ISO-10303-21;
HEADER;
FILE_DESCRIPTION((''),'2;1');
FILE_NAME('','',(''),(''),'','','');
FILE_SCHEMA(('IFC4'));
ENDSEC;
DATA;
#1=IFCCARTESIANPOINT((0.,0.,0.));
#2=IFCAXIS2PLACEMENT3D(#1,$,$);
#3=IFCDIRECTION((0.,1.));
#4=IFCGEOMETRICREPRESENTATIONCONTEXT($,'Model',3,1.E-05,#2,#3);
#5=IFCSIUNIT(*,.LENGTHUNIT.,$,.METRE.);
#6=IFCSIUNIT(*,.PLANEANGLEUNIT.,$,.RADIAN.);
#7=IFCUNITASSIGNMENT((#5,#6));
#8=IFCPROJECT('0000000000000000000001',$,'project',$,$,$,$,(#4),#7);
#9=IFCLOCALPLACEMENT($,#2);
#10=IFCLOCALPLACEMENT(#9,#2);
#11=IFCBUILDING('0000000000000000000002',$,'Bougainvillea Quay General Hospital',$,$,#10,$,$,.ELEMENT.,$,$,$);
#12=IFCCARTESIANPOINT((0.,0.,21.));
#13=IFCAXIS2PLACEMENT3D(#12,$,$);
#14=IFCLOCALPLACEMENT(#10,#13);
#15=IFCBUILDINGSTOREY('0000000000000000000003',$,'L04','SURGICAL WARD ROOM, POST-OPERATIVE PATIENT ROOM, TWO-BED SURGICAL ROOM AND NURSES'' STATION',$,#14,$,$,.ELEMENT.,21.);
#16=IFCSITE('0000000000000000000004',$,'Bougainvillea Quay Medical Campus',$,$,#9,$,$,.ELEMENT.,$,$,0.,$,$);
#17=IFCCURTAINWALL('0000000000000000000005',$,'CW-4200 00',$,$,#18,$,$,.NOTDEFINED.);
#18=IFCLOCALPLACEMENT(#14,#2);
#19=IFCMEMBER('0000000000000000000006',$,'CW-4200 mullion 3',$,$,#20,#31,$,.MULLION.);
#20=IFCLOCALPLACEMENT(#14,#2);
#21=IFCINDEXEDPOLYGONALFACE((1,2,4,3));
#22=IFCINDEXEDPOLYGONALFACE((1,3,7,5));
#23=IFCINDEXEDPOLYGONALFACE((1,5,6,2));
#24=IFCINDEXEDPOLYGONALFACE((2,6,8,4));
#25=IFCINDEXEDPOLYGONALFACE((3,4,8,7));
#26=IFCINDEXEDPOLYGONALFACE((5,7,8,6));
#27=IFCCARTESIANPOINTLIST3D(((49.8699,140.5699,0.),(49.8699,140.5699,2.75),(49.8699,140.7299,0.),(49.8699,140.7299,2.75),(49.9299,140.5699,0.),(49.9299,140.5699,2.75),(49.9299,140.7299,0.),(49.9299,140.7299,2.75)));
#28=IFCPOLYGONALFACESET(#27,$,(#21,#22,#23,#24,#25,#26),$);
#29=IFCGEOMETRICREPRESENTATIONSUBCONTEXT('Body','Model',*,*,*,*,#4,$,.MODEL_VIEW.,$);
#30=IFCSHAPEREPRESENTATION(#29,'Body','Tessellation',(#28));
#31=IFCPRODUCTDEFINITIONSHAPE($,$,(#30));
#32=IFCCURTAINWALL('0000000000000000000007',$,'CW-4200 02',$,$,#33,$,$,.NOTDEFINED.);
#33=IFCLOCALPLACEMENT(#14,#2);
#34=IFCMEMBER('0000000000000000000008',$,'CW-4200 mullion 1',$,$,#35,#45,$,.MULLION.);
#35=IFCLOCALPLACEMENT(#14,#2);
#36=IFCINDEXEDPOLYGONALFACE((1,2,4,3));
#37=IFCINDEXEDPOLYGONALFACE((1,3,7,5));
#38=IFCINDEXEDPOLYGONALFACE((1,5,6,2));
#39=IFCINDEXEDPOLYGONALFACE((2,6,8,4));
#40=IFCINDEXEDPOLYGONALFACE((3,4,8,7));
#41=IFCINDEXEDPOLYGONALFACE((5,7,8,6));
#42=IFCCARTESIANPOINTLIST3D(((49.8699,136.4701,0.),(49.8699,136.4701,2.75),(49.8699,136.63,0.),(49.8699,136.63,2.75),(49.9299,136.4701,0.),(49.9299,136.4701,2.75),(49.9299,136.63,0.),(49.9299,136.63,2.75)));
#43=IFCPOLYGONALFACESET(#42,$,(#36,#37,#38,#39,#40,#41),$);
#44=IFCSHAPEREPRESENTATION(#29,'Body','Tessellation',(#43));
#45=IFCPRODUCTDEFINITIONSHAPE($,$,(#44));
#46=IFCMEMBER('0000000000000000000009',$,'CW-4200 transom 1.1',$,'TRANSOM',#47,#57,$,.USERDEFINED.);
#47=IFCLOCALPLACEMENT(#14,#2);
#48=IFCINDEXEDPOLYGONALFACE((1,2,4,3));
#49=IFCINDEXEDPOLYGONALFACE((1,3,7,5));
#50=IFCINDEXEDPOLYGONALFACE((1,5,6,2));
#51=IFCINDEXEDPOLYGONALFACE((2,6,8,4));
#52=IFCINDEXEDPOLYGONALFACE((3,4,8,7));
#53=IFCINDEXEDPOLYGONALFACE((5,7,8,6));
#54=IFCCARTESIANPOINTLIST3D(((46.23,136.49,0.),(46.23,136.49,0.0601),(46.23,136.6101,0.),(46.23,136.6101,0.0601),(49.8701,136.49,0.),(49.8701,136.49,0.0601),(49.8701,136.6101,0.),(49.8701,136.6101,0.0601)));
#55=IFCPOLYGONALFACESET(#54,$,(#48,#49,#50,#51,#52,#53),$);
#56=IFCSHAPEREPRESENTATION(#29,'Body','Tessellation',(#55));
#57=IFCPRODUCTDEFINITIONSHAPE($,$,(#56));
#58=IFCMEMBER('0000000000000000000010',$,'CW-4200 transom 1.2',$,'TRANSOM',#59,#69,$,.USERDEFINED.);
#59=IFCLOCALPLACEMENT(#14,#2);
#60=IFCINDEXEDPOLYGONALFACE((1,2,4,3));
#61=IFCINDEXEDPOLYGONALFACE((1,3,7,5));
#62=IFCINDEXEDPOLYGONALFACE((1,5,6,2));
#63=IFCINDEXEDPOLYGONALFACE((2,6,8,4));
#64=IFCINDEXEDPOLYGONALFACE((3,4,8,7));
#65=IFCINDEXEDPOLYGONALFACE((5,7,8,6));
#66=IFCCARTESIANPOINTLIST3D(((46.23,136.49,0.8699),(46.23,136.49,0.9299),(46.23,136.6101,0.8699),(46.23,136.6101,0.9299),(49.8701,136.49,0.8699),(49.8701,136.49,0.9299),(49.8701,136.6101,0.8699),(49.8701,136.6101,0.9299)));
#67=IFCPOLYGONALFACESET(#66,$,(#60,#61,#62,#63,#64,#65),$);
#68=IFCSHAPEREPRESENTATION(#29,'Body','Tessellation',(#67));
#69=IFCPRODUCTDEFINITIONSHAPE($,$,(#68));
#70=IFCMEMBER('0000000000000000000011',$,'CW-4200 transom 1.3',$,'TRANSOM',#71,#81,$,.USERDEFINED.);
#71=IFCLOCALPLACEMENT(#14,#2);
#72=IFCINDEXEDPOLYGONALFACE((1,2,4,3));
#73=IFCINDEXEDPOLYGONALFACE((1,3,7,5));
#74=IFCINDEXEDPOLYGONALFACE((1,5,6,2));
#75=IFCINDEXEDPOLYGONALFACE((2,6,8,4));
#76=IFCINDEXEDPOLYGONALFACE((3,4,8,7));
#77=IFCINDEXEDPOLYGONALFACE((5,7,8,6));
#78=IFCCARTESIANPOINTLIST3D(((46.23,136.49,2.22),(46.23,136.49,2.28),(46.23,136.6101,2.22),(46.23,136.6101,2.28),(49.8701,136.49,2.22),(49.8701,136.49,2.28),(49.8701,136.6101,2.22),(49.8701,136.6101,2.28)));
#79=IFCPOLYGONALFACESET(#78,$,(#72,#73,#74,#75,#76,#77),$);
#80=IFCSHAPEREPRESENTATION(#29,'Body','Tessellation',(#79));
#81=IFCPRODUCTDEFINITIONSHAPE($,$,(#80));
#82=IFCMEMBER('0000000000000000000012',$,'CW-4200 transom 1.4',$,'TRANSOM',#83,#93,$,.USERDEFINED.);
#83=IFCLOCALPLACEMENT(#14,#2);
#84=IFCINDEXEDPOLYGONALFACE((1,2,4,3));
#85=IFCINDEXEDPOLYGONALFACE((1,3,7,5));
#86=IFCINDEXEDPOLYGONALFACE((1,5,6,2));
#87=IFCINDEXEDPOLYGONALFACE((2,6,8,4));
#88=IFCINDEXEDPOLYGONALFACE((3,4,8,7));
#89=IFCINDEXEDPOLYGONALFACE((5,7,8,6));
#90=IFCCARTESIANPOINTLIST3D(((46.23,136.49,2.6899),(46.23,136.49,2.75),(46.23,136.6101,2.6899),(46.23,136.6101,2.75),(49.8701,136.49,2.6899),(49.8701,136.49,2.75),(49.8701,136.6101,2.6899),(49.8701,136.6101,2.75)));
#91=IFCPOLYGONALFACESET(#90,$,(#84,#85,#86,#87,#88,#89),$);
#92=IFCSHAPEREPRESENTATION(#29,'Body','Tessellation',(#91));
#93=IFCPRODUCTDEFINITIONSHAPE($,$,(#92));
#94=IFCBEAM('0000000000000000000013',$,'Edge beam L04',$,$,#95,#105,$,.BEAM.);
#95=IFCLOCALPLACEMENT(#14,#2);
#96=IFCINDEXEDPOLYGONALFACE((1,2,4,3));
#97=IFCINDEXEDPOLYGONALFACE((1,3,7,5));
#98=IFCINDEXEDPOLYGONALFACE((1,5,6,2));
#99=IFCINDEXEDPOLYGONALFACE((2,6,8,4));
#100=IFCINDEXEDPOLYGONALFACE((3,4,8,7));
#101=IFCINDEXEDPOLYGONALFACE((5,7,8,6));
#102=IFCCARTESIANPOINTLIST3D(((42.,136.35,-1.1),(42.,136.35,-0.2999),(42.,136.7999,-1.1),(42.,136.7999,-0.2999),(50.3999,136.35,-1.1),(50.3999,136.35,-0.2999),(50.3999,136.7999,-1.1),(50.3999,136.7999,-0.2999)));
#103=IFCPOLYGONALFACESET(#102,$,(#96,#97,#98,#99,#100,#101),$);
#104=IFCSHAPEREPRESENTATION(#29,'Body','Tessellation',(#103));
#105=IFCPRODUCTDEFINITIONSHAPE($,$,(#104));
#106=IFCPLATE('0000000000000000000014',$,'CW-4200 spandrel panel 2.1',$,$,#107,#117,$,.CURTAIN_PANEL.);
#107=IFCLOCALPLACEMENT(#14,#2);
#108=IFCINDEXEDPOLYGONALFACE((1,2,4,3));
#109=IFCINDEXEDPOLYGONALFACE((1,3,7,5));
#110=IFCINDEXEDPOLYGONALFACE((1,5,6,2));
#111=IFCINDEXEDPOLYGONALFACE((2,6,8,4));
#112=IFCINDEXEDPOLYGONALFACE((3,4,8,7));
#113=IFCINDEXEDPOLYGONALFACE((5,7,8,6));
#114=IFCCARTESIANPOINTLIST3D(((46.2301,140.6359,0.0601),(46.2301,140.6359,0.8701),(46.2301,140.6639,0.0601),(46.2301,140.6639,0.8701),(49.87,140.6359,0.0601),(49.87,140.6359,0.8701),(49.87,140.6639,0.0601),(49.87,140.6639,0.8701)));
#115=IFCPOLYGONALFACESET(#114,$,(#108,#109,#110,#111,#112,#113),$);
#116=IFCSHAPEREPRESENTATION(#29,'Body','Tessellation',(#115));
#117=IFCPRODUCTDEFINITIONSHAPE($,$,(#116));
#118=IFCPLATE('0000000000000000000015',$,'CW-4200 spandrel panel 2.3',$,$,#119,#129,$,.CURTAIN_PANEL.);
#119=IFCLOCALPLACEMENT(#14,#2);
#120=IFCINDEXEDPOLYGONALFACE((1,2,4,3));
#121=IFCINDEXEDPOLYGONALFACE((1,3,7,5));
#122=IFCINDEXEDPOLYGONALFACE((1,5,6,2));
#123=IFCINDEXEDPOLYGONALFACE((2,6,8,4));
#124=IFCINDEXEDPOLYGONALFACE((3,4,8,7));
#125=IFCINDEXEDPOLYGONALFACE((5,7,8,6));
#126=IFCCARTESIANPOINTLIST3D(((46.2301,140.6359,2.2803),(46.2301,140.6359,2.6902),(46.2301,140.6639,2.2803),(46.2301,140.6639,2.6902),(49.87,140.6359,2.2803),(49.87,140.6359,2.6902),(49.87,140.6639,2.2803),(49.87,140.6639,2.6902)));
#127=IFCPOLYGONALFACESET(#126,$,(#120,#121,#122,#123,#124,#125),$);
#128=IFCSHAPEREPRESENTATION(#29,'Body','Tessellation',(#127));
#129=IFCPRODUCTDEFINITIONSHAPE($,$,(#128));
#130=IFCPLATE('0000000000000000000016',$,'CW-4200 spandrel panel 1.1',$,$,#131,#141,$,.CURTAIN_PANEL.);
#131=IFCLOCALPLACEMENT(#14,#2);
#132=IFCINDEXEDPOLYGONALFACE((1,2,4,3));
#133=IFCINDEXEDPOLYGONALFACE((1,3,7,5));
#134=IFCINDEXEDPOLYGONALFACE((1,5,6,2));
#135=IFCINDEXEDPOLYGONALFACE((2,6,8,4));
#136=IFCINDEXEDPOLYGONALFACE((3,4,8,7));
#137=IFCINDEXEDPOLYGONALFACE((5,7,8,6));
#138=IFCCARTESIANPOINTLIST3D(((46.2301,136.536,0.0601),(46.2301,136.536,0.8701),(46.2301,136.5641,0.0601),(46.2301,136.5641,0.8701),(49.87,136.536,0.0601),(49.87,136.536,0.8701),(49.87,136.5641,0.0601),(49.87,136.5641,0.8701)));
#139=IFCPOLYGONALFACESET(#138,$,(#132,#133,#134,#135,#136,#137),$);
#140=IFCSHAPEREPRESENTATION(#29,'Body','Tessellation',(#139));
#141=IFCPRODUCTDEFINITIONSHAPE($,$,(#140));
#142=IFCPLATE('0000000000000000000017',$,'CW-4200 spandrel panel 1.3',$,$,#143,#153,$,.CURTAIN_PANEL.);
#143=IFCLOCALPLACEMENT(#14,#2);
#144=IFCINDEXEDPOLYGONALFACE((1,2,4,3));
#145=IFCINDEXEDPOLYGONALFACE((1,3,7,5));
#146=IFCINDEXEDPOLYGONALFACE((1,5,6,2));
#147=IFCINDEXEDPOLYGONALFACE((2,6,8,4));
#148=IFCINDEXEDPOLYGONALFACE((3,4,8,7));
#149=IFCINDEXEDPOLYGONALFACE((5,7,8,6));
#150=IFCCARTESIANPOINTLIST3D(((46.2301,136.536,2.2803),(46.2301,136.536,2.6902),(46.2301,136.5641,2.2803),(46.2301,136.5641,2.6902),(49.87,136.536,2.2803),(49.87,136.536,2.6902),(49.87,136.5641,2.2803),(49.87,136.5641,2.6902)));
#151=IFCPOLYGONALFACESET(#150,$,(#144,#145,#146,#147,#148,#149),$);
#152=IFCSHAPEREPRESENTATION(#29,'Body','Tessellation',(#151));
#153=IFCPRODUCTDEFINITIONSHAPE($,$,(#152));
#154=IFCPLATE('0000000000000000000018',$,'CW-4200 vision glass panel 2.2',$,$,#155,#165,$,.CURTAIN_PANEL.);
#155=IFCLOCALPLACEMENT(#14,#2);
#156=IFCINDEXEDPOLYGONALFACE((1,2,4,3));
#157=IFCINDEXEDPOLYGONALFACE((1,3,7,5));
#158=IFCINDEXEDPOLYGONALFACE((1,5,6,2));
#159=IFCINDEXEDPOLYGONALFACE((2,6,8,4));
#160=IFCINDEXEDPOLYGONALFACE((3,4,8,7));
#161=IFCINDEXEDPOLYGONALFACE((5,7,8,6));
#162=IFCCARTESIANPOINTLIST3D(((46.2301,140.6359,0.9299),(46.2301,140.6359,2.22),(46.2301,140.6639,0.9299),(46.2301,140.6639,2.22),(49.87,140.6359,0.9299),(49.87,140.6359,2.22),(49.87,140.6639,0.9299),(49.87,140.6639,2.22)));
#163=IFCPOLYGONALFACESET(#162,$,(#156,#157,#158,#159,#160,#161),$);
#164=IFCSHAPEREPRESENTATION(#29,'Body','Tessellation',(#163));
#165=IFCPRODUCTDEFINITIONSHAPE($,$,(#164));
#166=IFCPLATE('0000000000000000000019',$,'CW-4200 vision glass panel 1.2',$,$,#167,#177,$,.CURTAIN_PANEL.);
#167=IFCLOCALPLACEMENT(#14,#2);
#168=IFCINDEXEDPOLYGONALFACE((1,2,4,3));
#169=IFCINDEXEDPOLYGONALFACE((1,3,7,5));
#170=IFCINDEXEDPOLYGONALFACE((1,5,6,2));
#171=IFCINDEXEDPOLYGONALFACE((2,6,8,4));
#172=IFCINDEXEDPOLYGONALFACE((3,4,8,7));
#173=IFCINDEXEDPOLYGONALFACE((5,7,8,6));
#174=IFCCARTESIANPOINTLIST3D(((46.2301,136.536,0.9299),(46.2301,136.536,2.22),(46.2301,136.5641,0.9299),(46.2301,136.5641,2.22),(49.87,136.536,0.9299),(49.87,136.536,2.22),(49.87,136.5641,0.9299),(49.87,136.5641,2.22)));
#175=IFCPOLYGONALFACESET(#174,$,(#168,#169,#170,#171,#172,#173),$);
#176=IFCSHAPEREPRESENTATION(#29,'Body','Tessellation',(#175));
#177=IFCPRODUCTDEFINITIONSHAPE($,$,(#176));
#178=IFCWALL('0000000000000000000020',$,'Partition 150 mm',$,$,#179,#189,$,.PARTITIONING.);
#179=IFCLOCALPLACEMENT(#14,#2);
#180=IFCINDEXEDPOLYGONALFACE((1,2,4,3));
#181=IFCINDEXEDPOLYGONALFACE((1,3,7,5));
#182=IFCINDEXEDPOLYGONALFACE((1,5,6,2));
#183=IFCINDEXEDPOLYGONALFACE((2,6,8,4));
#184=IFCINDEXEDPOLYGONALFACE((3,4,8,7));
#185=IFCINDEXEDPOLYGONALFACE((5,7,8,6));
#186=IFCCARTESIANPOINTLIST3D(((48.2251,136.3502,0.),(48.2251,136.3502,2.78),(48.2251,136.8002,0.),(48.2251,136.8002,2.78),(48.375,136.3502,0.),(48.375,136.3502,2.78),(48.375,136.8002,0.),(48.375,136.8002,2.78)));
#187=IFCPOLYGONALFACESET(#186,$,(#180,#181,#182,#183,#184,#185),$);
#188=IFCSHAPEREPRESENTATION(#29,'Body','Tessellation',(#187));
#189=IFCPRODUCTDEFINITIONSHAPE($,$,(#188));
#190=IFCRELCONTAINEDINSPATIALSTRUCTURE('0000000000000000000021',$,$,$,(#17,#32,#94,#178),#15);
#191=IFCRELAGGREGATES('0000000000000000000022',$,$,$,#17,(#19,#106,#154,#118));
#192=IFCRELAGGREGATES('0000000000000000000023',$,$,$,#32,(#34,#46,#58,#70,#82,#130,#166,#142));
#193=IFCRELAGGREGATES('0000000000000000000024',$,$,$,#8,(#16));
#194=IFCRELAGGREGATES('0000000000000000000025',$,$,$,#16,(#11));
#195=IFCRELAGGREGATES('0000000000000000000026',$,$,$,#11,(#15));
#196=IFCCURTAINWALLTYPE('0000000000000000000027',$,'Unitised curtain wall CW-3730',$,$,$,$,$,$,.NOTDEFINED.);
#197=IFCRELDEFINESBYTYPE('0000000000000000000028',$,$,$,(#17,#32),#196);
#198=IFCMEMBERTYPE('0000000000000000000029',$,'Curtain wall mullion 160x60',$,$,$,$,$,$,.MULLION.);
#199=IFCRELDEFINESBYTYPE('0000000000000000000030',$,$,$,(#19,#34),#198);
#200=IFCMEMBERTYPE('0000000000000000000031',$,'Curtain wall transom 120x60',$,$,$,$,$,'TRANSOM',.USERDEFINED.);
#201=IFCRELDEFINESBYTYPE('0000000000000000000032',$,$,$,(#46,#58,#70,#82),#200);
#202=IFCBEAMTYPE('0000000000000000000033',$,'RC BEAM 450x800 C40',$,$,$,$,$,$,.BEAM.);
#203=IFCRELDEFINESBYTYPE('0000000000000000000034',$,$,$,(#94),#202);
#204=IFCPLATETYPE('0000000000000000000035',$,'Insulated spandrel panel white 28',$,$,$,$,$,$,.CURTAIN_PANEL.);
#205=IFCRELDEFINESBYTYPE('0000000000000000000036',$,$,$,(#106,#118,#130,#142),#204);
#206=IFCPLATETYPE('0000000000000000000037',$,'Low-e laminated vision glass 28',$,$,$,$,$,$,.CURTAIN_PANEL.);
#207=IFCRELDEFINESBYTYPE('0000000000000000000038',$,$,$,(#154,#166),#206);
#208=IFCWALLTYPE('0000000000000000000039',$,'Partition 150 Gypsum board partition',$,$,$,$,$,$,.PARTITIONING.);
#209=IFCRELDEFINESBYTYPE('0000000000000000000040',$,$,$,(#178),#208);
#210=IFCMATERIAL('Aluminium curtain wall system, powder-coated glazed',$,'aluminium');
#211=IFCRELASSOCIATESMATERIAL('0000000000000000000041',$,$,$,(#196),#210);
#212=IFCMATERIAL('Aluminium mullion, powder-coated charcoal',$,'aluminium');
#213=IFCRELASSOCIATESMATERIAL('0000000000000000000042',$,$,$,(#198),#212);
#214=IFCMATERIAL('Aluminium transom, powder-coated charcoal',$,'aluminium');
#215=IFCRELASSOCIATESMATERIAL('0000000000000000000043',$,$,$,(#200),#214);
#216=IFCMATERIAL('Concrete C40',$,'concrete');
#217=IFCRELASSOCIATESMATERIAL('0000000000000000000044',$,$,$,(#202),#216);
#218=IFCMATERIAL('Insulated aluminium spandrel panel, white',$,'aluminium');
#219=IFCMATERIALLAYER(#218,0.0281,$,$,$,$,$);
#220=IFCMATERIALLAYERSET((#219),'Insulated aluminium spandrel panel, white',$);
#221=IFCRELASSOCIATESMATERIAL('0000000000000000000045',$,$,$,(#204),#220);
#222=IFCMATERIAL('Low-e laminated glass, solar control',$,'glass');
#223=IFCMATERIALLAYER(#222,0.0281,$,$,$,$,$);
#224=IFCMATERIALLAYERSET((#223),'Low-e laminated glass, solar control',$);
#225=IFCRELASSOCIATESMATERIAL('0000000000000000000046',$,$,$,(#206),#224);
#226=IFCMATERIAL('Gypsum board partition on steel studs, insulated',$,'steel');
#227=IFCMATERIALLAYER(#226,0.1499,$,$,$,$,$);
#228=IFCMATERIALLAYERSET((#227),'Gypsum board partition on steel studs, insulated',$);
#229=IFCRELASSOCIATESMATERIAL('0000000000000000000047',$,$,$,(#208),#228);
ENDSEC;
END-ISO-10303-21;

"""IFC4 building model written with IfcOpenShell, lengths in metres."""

from ifc_helpers import new_model, si_unit, direction, frame, frame_2d, origin, origin_2d, place, context, subcontext, project, spatial, rectangle, extrude, material, layer, layer_set, material_profile, profile_set, type_object, element, aggregate, save


model = new_model("IFC4")

# Units and contexts
model_context = context("Model", 3, precision=1e-05, world=origin(), true_north=direction((0.0, 1.0)))
body_context = subcontext(model_context, "Body", "Model", "MODEL_VIEW")
ifc_project = project(units=[si_unit("LENGTHUNIT", "METRE"), si_unit("PLANEANGLEUNIT", "RADIAN")], contexts=[model_context])

# Site, building, storey
site_placement = place(None, origin())
site = spatial("IfcSite", under=ifc_project, at=site_placement, Name="Bougainvillea Quay Medical Campus", CompositionType="ELEMENT", RefElevation=0.0)
building_placement = place(site_placement, origin())
building = spatial("IfcBuilding", under=site, at=building_placement, Name="Bougainvillea Quay General Hospital", CompositionType="ELEMENT")
storey_placement = place(building_placement, frame((0.0, 0.0, 21.0)))
storey = spatial("IfcBuildingStorey", under=building, at=storey_placement, Name="L04", Description="SURGICAL WARD ROOM, POST-OPERATIVE PATIENT ROOM, TWO-BED SURGICAL ROOM AND NURSES' STATION", CompositionType="ELEMENT", Elevation=21.0)

# Curtain wall, member
ifc_material_1 = material(Name="Aluminium curtain wall system, powder-coated glazed", Category="aluminium")
curtain_wall_type = type_object("IfcCurtainWallType", Name="Unitised curtain wall CW-3730", PredefinedType="NOTDEFINED", material=ifc_material_1)
curtain_wall_1_placement = place(storey_placement, origin())
curtain_wall_1 = element("IfcCurtainWall", 1, at=curtain_wall_1_placement, inside=storey, type_object=curtain_wall_type, Name="CW-4200 00", PredefinedType="NOTDEFINED")
ifc_material_2 = material(Name="Aluminium mullion, powder-coated charcoal", Category="aluminium")
ifc_material_profile_1 = material_profile(ifc_material_2, rectangle(XDim=0.1599, YDim=0.0601, at=origin_2d()))
ifc_profile_set_1 = profile_set([ifc_material_profile_1], Name="Aluminium mullion, powder-coated charcoal")
member_type_1 = type_object("IfcMemberType", Name="Curtain wall mullion 160x60", PredefinedType="MULLION", material=ifc_profile_set_1)
member_1_placement = place(storey_placement, frame((49.8999, 140.6499, 0.0), z_axis=(0.0, 0.0, 1.0), x_axis=(0.0, 1.0, 0.0)))
member_1 = element("IfcMember", 2, at=member_1_placement, type_object=member_type_1, Name="CW-4200 mullion 3", PredefinedType="MULLION", context=body_context, shape_type="SweptSolid", body=[
    extrude(rectangle(XDim=0.1599, YDim=0.0601, at=origin_2d()), origin(), (0.0, 0.0, 1.0), 2.75),
])

# Curtain wall, members
curtain_wall_2_placement = place(storey_placement, origin())
curtain_wall_2 = element("IfcCurtainWall", 3, at=curtain_wall_2_placement, inside=storey, type_object=curtain_wall_type, Name="CW-4200 02", PredefinedType="NOTDEFINED")
member_2_placement = place(storey_placement, frame((49.8999, 136.55, 0.0), z_axis=(0.0, 0.0, 1.0), x_axis=(0.0, -1.0, 0.0)))
member_2 = element("IfcMember", 4, at=member_2_placement, type_object=member_type_1, Name="CW-4200 mullion 1", PredefinedType="MULLION", context=body_context, shape_type="SweptSolid", body=[
    extrude(rectangle(XDim=0.1599, YDim=0.0601, at=origin_2d()), origin(), (0.0, 0.0, 1.0), 2.75),
])
ifc_material_3 = material(Name="Aluminium transom, powder-coated charcoal", Category="aluminium")
ifc_material_profile_2 = material_profile(ifc_material_3, rectangle(XDim=0.1201, YDim=0.0601, at=origin_2d()))
ifc_profile_set_2 = profile_set([ifc_material_profile_2], Name="Aluminium transom, powder-coated charcoal")
member_type_2 = type_object("IfcMemberType", Name="Curtain wall transom 120x60", ElementType="TRANSOM", PredefinedType="USERDEFINED", material=ifc_profile_set_2)
member_3_placement = place(storey_placement, frame((49.8701, 136.55, 0.03), z_axis=(-1.0, 0.0, 0.0), x_axis=(0.0, -1.0, 0.0)))
member_3 = element("IfcMember", 5, at=member_3_placement, type_object=member_type_2, Name="CW-4200 transom 1.1", ObjectType="TRANSOM", PredefinedType="USERDEFINED", context=body_context, shape_type="SweptSolid", body=[
    extrude(rectangle(XDim=0.1201, YDim=0.0601, at=origin_2d()), origin(), (0.0, 0.0, 1.0), 3.6401),
])
member_4_placement = place(storey_placement, frame((49.8701, 136.55, 0.8999), z_axis=(-1.0, 0.0, 0.0), x_axis=(0.0, -1.0, 0.0)))
member_4 = element("IfcMember", 6, at=member_4_placement, type_object=member_type_2, Name="CW-4200 transom 1.2", ObjectType="TRANSOM", PredefinedType="USERDEFINED", context=body_context, shape_type="SweptSolid", body=[
    extrude(rectangle(XDim=0.1201, YDim=0.0601, at=origin_2d()), origin(), (0.0, 0.0, 1.0), 3.6401),
])
member_5_placement = place(storey_placement, frame((49.8701, 136.55, 2.25), z_axis=(-1.0, 0.0, 0.0), x_axis=(0.0, -1.0, 0.0)))
member_5 = element("IfcMember", 7, at=member_5_placement, type_object=member_type_2, Name="CW-4200 transom 1.3", ObjectType="TRANSOM", PredefinedType="USERDEFINED", context=body_context, shape_type="SweptSolid", body=[
    extrude(rectangle(XDim=0.1201, YDim=0.0601, at=origin_2d()), origin(), (0.0, 0.0, 1.0), 3.6401),
])
member_6_placement = place(storey_placement, frame((49.8701, 136.55, 2.72), z_axis=(-1.0, 0.0, 0.0), x_axis=(0.0, -1.0, 0.0)))
member_6 = element("IfcMember", 8, at=member_6_placement, type_object=member_type_2, Name="CW-4200 transom 1.4", ObjectType="TRANSOM", PredefinedType="USERDEFINED", context=body_context, shape_type="SweptSolid", body=[
    extrude(rectangle(XDim=0.1201, YDim=0.0601, at=origin_2d()), origin(), (0.0, 0.0, 1.0), 3.6401),
])

# Beam
ifc_material_4 = material(Name="Concrete C40", Category="concrete")
ifc_material_profile_3 = material_profile(ifc_material_4, rectangle(XDim=0.45, YDim=0.8, at=origin_2d()))
ifc_profile_set_3 = profile_set([ifc_material_profile_3], Name="Concrete C40")
beam_type = type_object("IfcBeamType", Name="RC BEAM 450x800 C40", PredefinedType="BEAM", material=ifc_profile_set_3)
beam_placement = place(storey_placement, frame((50.3999, 136.575, -0.7), z_axis=(-1.0, 0.0, 0.0), x_axis=(0.0, -1.0, 0.0)))
element("IfcBeam", 9, at=beam_placement, inside=storey, type_object=beam_type, Name="Edge beam L04", PredefinedType="BEAM", context=body_context, shape_type="SweptSolid", body=[
    extrude(rectangle(XDim=0.45, YDim=0.8, at=origin_2d()), origin(), (0.0, 0.0, 1.0), 8.3999),
])

# Plates
ifc_material_5 = material(Name="Insulated aluminium spandrel panel, white", Category="aluminium")
ifc_layer_1 = layer(ifc_material_5, 0.0281)
ifc_layer_set_1 = layer_set([ifc_layer_1], Name="Insulated aluminium spandrel panel, white")
plate_type_1 = type_object("IfcPlateType", Name="Insulated spandrel panel white 28", PredefinedType="CURTAIN_PANEL", material=ifc_layer_set_1)
plate_1_placement = place(storey_placement, frame((48.05, 140.6499, 0.0601), z_axis=(0.0, 0.0, 1.0), x_axis=(1.0, 0.0, 0.0)))
plate_1 = element("IfcPlate", 10, at=plate_1_placement, type_object=plate_type_1, Name="CW-4200 spandrel panel 2.1", PredefinedType="CURTAIN_PANEL", context=body_context, shape_type="SweptSolid", body=[
    extrude(rectangle(XDim=3.6399, YDim=0.0281, at=origin_2d()), origin(), (0.0, 0.0, 1.0), 0.8101),
])
plate_2_placement = place(storey_placement, frame((48.05, 140.6499, 2.2803), z_axis=(0.0, 0.0, 1.0), x_axis=(1.0, 0.0, 0.0)))
plate_2 = element("IfcPlate", 11, at=plate_2_placement, type_object=plate_type_1, Name="CW-4200 spandrel panel 2.3", PredefinedType="CURTAIN_PANEL", context=body_context, shape_type="SweptSolid", body=[
    extrude(rectangle(XDim=3.6399, YDim=0.0281, at=origin_2d()), origin(), (0.0, 0.0, 1.0), 0.4099),
])
plate_3_placement = place(storey_placement, frame((48.05, 136.55, 0.0601), z_axis=(0.0, 0.0, 1.0), x_axis=(-1.0, 0.0, 0.0)))
plate_3 = element("IfcPlate", 12, at=plate_3_placement, type_object=plate_type_1, Name="CW-4200 spandrel panel 1.1", PredefinedType="CURTAIN_PANEL", context=body_context, shape_type="SweptSolid", body=[
    extrude(rectangle(XDim=3.6399, YDim=0.0281, at=origin_2d()), origin(), (0.0, 0.0, 1.0), 0.8101),
])
plate_4_placement = place(storey_placement, frame((48.05, 136.55, 2.2803), z_axis=(0.0, 0.0, 1.0), x_axis=(-1.0, 0.0, 0.0)))
plate_4 = element("IfcPlate", 13, at=plate_4_placement, type_object=plate_type_1, Name="CW-4200 spandrel panel 1.3", PredefinedType="CURTAIN_PANEL", context=body_context, shape_type="SweptSolid", body=[
    extrude(rectangle(XDim=3.6399, YDim=0.0281, at=origin_2d()), origin(), (0.0, 0.0, 1.0), 0.4099),
])
ifc_material_6 = material(Name="Low-e laminated glass, solar control", Category="glass")
ifc_layer_2 = layer(ifc_material_6, 0.0281)
ifc_layer_set_2 = layer_set([ifc_layer_2], Name="Low-e laminated glass, solar control")
plate_type_2 = type_object("IfcPlateType", Name="Low-e laminated vision glass 28", PredefinedType="CURTAIN_PANEL", material=ifc_layer_set_2)
plate_5_placement = place(storey_placement, frame((48.05, 140.6499, 0.9299), z_axis=(0.0, 0.0, 1.0), x_axis=(1.0, 0.0, 0.0)))
plate_5 = element("IfcPlate", 14, at=plate_5_placement, type_object=plate_type_2, Name="CW-4200 vision glass panel 2.2", PredefinedType="CURTAIN_PANEL", context=body_context, shape_type="SweptSolid", body=[
    extrude(rectangle(XDim=3.6399, YDim=0.0281, at=origin_2d()), origin(), (0.0, 0.0, 1.0), 1.29),
])
aggregate(curtain_wall_1, [member_1, plate_1, plate_5, plate_2])
plate_6_placement = place(storey_placement, frame((48.05, 136.55, 0.9299), z_axis=(0.0, 0.0, 1.0), x_axis=(-1.0, 0.0, 0.0)))
plate_6 = element("IfcPlate", 15, at=plate_6_placement, type_object=plate_type_2, Name="CW-4200 vision glass panel 1.2", PredefinedType="CURTAIN_PANEL", context=body_context, shape_type="SweptSolid", body=[
    extrude(rectangle(XDim=3.6399, YDim=0.0281, at=origin_2d()), origin(), (0.0, 0.0, 1.0), 1.29),
])
aggregate(curtain_wall_2, [member_2, member_3, member_4, member_5, member_6, plate_3, plate_6, plate_4])

# Wall
ifc_material_7 = material(Name="Gypsum board partition on steel studs, insulated", Category="steel")
ifc_layer_3 = layer(ifc_material_7, 0.1499)
ifc_layer_set_3 = layer_set([ifc_layer_3], Name="Gypsum board partition on steel studs, insulated")
wall_type = type_object("IfcWallType", Name="Partition 150 Gypsum board partition", PredefinedType="PARTITIONING", material=ifc_layer_set_3)
wall_placement = place(storey_placement, frame((48.3, 136.3501, 0.0), z_axis=(0.0, 0.0, 1.0), x_axis=(0.0, 1.0, 0.0)))
element("IfcWall", 16, at=wall_placement, inside=storey, type_object=wall_type, Name="Partition 150 mm", PredefinedType="PARTITIONING", context=body_context, shape_type="SweptSolid", body=[
    extrude(rectangle(XDim=0.45, YDim=0.1499, at=frame_2d((0.2251, 0.0))), origin(), (0.0, 0.0, 1.0), 2.78),
])

save(model, "model.ifc")
